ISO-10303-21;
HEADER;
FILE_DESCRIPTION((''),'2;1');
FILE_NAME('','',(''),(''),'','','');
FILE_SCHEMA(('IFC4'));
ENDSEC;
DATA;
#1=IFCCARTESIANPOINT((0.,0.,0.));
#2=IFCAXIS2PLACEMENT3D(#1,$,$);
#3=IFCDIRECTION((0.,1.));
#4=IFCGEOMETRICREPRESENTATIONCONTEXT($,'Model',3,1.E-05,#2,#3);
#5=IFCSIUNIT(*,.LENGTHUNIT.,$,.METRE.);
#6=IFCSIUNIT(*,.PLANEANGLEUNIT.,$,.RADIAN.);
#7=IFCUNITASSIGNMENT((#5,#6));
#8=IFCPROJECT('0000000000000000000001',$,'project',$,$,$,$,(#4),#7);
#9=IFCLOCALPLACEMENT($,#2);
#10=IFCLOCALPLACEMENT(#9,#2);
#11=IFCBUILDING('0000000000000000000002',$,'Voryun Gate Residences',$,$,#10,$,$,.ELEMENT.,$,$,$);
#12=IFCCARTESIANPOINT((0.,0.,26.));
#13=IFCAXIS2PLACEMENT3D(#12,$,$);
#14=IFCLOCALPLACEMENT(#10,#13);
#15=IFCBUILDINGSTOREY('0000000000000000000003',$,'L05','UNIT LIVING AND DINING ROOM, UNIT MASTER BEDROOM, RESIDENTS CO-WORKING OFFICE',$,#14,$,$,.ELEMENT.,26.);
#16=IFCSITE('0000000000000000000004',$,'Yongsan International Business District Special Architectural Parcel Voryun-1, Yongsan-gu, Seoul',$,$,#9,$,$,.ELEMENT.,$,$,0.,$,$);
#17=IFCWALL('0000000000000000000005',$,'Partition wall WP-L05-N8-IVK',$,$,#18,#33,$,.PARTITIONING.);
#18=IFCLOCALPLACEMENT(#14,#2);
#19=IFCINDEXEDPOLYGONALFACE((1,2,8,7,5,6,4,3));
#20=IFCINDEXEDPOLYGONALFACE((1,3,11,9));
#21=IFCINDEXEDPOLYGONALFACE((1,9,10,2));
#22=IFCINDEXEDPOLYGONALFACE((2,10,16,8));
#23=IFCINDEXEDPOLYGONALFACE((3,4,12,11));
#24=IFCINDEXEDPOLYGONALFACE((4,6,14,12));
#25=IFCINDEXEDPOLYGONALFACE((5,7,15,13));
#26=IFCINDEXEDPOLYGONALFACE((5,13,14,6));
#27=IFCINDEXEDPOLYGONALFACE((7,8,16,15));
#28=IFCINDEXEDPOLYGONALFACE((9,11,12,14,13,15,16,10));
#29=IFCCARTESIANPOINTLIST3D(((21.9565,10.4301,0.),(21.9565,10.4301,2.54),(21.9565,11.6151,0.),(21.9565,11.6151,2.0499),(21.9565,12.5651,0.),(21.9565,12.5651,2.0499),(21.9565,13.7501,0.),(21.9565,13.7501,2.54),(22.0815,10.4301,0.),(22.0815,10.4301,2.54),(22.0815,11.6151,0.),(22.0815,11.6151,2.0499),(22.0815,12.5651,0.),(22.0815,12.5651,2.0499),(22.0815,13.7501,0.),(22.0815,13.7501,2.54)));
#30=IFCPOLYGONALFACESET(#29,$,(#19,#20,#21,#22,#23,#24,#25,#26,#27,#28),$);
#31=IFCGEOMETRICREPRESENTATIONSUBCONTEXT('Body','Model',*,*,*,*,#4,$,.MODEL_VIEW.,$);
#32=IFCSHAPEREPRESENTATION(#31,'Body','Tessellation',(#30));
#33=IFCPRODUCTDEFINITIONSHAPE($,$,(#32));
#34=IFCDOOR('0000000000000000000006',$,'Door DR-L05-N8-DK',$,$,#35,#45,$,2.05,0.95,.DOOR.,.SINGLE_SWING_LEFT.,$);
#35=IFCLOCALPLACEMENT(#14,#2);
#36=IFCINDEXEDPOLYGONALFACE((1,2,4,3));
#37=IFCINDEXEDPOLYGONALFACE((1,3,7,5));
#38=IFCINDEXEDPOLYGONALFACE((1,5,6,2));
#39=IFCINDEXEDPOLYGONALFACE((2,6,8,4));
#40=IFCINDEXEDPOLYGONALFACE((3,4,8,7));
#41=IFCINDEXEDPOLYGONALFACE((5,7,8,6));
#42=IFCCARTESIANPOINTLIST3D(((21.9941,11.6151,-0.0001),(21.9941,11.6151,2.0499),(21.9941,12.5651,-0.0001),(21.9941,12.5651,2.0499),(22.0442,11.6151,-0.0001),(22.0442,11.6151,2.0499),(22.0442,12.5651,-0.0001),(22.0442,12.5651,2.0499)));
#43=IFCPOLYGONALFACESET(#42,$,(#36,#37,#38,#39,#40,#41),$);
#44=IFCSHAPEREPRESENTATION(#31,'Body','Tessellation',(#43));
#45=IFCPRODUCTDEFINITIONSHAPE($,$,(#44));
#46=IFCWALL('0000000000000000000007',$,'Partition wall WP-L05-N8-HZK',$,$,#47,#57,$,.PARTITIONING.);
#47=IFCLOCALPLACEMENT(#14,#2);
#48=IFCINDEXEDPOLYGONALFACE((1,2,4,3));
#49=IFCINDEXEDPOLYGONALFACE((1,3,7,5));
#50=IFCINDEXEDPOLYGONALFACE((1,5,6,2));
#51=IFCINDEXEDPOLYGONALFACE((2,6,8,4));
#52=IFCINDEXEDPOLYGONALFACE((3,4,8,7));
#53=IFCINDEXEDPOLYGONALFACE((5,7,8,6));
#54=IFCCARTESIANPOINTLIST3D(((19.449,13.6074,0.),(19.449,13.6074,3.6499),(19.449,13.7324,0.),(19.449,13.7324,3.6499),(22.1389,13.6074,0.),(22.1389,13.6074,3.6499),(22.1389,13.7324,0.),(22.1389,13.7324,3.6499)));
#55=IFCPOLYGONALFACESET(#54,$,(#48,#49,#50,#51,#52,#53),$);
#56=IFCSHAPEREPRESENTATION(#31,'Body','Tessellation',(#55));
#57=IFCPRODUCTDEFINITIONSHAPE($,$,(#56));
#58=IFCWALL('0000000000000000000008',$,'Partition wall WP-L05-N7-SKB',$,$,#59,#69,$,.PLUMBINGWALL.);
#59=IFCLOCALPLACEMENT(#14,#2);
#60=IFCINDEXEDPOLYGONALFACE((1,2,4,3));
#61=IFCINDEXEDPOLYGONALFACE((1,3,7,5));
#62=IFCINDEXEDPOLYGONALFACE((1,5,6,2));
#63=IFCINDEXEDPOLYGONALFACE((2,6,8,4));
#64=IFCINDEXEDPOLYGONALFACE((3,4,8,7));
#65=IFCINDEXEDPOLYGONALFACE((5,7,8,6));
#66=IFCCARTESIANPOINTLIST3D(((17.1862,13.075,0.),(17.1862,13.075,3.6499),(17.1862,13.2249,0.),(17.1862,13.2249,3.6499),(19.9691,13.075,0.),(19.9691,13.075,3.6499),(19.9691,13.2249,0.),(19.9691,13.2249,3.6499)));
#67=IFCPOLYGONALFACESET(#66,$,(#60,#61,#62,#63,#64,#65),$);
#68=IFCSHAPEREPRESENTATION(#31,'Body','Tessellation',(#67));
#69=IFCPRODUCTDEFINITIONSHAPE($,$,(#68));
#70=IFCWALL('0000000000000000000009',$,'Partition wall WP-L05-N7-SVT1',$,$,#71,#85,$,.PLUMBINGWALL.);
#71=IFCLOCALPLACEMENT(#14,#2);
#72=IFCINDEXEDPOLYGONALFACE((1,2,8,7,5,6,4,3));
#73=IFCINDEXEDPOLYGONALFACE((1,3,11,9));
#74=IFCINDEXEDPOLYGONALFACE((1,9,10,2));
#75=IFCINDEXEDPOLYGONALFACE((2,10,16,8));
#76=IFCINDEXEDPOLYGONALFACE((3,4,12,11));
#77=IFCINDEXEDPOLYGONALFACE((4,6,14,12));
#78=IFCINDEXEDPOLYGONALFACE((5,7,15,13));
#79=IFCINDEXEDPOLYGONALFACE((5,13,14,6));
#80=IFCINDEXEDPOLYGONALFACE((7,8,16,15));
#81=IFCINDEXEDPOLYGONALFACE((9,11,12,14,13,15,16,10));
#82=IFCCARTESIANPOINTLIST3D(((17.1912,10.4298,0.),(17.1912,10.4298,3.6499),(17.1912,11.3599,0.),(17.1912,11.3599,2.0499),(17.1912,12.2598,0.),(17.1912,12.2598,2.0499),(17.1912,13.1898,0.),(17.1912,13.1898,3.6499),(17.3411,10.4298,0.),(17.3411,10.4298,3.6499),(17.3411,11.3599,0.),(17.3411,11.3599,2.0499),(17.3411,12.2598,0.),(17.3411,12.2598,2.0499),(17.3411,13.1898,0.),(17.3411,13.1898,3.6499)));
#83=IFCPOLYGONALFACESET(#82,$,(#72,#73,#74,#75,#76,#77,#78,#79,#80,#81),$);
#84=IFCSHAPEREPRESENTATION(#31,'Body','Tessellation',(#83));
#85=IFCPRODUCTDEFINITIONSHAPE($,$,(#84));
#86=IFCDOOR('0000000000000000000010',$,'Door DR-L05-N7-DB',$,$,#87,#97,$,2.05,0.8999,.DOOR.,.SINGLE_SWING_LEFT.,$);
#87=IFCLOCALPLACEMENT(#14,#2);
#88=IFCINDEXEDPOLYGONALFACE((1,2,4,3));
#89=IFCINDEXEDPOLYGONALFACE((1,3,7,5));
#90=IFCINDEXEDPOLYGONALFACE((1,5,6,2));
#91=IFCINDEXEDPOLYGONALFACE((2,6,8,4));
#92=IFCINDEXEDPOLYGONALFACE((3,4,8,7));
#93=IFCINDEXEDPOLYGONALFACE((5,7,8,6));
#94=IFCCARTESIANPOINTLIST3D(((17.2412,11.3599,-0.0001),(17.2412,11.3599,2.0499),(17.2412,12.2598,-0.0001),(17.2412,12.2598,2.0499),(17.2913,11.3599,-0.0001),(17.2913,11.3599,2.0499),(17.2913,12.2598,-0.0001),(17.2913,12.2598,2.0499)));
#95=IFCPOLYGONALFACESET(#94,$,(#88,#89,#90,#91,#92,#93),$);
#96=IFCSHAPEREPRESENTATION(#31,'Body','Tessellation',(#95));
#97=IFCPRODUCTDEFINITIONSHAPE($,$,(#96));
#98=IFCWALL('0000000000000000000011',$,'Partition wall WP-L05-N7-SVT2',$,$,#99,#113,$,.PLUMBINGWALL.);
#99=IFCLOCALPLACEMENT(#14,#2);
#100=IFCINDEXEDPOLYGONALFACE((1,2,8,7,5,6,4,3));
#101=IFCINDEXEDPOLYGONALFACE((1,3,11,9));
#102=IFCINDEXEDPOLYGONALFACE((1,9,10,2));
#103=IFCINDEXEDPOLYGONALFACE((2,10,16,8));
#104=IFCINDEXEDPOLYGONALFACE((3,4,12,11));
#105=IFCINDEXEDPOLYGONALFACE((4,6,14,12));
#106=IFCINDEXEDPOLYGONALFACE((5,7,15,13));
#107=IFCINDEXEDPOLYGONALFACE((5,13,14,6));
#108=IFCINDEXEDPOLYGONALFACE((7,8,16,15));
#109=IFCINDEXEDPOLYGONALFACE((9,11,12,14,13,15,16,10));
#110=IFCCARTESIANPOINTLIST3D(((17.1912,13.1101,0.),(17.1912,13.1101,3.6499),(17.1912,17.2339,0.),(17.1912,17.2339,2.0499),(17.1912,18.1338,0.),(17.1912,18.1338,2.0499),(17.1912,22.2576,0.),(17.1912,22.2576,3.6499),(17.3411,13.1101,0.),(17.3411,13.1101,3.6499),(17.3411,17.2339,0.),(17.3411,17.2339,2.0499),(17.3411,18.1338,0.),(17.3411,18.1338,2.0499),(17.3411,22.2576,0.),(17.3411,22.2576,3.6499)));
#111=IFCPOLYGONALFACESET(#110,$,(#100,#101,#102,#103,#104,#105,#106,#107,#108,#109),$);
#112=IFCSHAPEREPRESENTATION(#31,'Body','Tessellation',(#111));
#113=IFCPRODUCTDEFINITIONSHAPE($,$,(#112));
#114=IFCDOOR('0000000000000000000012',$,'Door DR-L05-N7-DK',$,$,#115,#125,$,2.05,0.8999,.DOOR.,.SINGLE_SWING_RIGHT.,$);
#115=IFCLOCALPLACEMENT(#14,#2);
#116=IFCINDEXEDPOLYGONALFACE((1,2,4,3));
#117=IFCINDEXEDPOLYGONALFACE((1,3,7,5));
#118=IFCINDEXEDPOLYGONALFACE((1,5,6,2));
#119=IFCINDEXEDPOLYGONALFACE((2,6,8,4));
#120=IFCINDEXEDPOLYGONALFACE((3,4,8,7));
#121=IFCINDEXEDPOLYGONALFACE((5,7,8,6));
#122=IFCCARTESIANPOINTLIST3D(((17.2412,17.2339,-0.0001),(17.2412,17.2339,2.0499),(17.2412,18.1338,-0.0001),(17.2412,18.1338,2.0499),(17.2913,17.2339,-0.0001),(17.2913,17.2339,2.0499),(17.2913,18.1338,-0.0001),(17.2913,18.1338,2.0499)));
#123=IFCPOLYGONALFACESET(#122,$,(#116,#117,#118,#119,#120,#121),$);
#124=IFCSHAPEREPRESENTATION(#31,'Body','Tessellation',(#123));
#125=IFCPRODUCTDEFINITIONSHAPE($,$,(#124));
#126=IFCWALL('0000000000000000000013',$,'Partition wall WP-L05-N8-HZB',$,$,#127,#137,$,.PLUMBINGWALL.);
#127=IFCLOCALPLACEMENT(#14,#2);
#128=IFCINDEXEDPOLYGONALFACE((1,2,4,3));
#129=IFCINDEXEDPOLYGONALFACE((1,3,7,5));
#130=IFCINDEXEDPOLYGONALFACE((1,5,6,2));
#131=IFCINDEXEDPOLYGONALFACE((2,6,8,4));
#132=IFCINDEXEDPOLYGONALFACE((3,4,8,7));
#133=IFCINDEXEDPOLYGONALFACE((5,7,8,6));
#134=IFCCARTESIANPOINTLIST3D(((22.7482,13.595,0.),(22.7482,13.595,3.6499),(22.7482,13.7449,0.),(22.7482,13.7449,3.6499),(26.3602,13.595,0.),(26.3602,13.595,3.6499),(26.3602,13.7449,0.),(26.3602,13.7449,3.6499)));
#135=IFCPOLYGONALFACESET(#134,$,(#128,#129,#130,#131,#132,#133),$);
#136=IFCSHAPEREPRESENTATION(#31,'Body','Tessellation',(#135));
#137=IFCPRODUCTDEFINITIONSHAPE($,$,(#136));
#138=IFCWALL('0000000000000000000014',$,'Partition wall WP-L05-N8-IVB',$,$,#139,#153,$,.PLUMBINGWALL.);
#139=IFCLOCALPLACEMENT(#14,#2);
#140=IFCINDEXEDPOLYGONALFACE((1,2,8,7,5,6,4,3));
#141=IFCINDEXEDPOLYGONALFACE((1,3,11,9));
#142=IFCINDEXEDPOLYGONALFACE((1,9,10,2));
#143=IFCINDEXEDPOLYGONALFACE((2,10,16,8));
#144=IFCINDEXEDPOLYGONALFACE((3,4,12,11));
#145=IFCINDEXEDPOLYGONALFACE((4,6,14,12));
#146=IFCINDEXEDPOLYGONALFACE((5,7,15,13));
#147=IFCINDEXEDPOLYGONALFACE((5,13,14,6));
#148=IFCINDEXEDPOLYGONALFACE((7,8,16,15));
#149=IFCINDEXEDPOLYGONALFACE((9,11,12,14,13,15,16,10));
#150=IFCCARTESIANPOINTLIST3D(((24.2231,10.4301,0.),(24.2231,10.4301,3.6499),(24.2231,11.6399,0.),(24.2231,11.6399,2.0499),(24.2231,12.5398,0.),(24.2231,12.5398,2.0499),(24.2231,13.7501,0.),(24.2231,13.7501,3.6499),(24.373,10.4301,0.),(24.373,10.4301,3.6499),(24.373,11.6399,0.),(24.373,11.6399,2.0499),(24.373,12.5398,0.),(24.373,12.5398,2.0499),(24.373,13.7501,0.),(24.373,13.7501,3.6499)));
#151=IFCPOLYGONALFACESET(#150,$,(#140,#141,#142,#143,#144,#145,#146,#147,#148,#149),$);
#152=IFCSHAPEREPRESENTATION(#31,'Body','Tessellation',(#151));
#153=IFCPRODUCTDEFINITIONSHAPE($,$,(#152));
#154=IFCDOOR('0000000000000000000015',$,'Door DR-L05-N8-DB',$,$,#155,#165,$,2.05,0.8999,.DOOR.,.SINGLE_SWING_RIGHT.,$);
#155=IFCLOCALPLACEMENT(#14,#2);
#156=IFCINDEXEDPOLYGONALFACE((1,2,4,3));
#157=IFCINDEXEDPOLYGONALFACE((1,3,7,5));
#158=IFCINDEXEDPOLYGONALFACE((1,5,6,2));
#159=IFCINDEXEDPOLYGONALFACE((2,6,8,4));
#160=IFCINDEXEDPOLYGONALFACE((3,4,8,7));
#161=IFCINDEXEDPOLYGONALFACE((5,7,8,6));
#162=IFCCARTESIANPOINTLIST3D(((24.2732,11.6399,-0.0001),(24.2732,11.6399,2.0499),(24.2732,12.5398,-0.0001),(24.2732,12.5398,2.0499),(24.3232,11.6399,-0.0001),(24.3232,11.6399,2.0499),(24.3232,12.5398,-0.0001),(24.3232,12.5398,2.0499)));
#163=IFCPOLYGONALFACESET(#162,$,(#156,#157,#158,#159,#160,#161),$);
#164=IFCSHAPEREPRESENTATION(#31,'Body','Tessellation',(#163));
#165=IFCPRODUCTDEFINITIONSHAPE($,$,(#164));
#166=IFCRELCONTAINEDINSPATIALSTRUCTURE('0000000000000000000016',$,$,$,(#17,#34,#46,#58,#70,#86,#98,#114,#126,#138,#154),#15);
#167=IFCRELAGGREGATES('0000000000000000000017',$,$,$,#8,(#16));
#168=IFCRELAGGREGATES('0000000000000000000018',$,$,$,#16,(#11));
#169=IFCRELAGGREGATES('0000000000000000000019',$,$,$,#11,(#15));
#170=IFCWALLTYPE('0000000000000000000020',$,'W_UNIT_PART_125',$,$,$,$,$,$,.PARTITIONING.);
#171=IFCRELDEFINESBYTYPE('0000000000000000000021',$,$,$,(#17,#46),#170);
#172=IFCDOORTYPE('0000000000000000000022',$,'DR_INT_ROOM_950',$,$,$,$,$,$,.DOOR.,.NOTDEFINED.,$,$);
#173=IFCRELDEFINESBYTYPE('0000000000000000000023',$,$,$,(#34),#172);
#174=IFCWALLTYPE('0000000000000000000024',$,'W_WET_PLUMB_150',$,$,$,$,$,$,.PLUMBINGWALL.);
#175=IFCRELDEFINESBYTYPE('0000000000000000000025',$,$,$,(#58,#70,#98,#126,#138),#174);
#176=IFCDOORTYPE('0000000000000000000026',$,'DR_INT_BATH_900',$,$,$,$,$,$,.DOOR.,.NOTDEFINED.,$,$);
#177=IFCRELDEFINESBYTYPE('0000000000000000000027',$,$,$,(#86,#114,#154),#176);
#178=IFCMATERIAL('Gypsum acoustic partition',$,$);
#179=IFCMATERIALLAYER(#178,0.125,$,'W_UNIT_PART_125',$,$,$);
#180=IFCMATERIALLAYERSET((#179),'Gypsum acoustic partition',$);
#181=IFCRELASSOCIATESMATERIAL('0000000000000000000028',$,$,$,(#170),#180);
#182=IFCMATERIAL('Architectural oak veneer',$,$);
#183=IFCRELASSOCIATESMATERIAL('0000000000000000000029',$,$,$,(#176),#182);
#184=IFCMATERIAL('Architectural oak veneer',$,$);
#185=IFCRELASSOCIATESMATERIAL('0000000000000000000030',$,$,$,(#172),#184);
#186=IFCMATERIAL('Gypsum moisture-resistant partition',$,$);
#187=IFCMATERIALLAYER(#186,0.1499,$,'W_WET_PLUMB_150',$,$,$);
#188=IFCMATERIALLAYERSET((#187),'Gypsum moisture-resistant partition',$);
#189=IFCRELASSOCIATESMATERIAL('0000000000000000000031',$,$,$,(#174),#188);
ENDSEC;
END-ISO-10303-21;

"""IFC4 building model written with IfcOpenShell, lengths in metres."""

from ifc_helpers import new_model, si_unit, direction, frame, frame_2d, origin, place, context, subcontext, project, spatial, rectangle, extrude, material, layer, layer_set, type_object, element, fill, save


model = new_model("IFC4")

# Units and contexts
model_context = context("Model", 3, precision=1e-05, world=origin(), true_north=direction((0.0, 1.0)))
body_context = subcontext(model_context, "Body", "Model", "MODEL_VIEW")
ifc_project = project(units=[si_unit("LENGTHUNIT", "METRE"), si_unit("PLANEANGLEUNIT", "RADIAN")], contexts=[model_context])

# Site, building, storey
site_placement = place(None, origin())
site = spatial("IfcSite", under=ifc_project, at=site_placement, Name="Yongsan International Business District Special Architectural Parcel Voryun-1, Yongsan-gu, Seoul", CompositionType="ELEMENT", RefElevation=0.0)
building_placement = place(site_placement, origin())
building = spatial("IfcBuilding", under=site, at=building_placement, Name="Voryun Gate Residences", CompositionType="ELEMENT")
storey_placement = place(building_placement, frame((0.0, 0.0, 26.0)))
storey = spatial("IfcBuildingStorey", under=building, at=storey_placement, Name="L05", Description="UNIT LIVING AND DINING ROOM, UNIT MASTER BEDROOM, RESIDENTS CO-WORKING OFFICE", CompositionType="ELEMENT", Elevation=26.0)

# Wall, opening, door
ifc_material_1 = material(Name="Gypsum acoustic partition")
ifc_layer_1 = layer(ifc_material_1, 0.125, Name="W_UNIT_PART_125")
ifc_layer_set_1 = layer_set([ifc_layer_1], Name="Gypsum acoustic partition")
wall_type_1 = type_object("IfcWallType", Name="W_UNIT_PART_125", PredefinedType="PARTITIONING", material=ifc_layer_set_1)
ifc_material_2 = material(Name="Architectural oak veneer")
door_type_1 = type_object("IfcDoorType", Name="DR_INT_BATH_900", OperationType="NOTDEFINED", PredefinedType="DOOR", material=ifc_material_2)
wall_1_placement = place(storey_placement, frame((22.019, 10.4299, 0.0), z_axis=(0.0, 0.0, 1.0), x_axis=(0.0, 1.0, 0.0)))
wall_1 = element("IfcWall", 1, at=wall_1_placement, inside=storey, type_object=wall_type_1, Name="Partition wall WP-L05-N8-IVK", PredefinedType="PARTITIONING", context=body_context, shape_type="SweptSolid", body=[
    extrude(rectangle(XDim=3.3201, YDim=0.125, at=frame_2d((1.6602, 0.0))), origin(), (0.0, 0.0, 1.0), 2.54),
])
opening_1_placement = place(wall_1_placement, frame((1.1851, 0.0, 0.0)))
opening_1 = element("IfcOpeningElement", 2, at=opening_1_placement, cuts=wall_1, PredefinedType="OPENING", context=body_context, shape_type="SweptSolid", body=[
    extrude(rectangle(XDim=0.95, YDim=2.05, at=frame_2d((0.4751, 1.0249))), frame((0.0, 0.0725, 0.0), z_axis=(0.0, -1.0, 0.0), x_axis=(1.0, 0.0, 0.0)), (0.0, 0.0, 1.0), 0.145),
])
ifc_material_3 = material(Name="Architectural oak veneer")
door_type_2 = type_object("IfcDoorType", Name="DR_INT_ROOM_950", OperationType="NOTDEFINED", PredefinedType="DOOR", material=ifc_material_3)
door_1_placement = place(opening_1_placement, origin())
door_1 = element("IfcDoor", 3, at=door_1_placement, inside=storey, type_object=door_type_2, Name="Door DR-L05-N8-DK", OperationType="SINGLE_SWING_LEFT", OverallHeight=2.05, OverallWidth=0.95, PredefinedType="DOOR", context=body_context, shape_type="SweptSolid", body=[
    extrude(rectangle(XDim=0.95, YDim=2.05, at=frame_2d((0.4751, 1.0249))), frame((0.0, 0.0249, 0.0), z_axis=(0.0, -1.0, 0.0), x_axis=(1.0, 0.0, 0.0)), (0.0, 0.0, 1.0), 0.05),
])
fill(opening_1, door_1)

# Walls
wall_2_placement = place(storey_placement, frame((19.449, 13.6699, 0.0), z_axis=(0.0, 0.0, 1.0), x_axis=(1.0, 0.0, 0.0)))
element("IfcWall", 4, at=wall_2_placement, inside=storey, type_object=wall_type_1, Name="Partition wall WP-L05-N8-HZK", PredefinedType="PARTITIONING", context=body_context, shape_type="SweptSolid", body=[
    extrude(rectangle(XDim=2.6899, YDim=0.125, at=frame_2d((1.345, 0.0))), origin(), (0.0, 0.0, 1.0), 3.6499),
])
ifc_material_4 = material(Name="Gypsum moisture-resistant partition")
ifc_layer_2 = layer(ifc_material_4, 0.1499, Name="W_WET_PLUMB_150")
ifc_layer_set_2 = layer_set([ifc_layer_2], Name="Gypsum moisture-resistant partition")
wall_type_2 = type_object("IfcWallType", Name="W_WET_PLUMB_150", PredefinedType="PLUMBINGWALL", material=ifc_layer_set_2)
wall_3_placement = place(storey_placement, frame((17.186, 13.1499, 0.0), z_axis=(0.0, 0.0, 1.0), x_axis=(1.0, 0.0, 0.0)))
element("IfcWall", 5, at=wall_3_placement, inside=storey, type_object=wall_type_2, Name="Partition wall WP-L05-N7-SKB", PredefinedType="PLUMBINGWALL", context=body_context, shape_type="SweptSolid", body=[
    extrude(rectangle(XDim=2.783, YDim=0.1499, at=frame_2d((1.3916, 0.0))), origin(), (0.0, 0.0, 1.0), 3.6499),
])

# Walls, openings, doors
wall_4_placement = place(storey_placement, frame((17.2661, 10.4299, 0.0), z_axis=(0.0, 0.0, 1.0), x_axis=(0.0, 1.0, 0.0)))
wall_4 = element("IfcWall", 6, at=wall_4_placement, inside=storey, type_object=wall_type_2, Name="Partition wall WP-L05-N7-SVT1", PredefinedType="PLUMBINGWALL", context=body_context, shape_type="SweptSolid", body=[
    extrude(rectangle(XDim=2.76, YDim=0.1499, at=frame_2d((1.3799, 0.0))), origin(), (0.0, 0.0, 1.0), 3.6499),
])
opening_2_placement = place(wall_4_placement, frame((0.9299, 0.0, 0.0)))
opening_2 = element("IfcOpeningElement", 7, at=opening_2_placement, cuts=wall_4, PredefinedType="OPENING", context=body_context, shape_type="SweptSolid", body=[
    extrude(rectangle(XDim=0.8999, YDim=2.05, at=frame_2d((0.45, 1.0249))), frame((0.0, 0.085, 0.0), z_axis=(0.0, -1.0, 0.0), x_axis=(1.0, 0.0, 0.0)), (0.0, 0.0, 1.0), 0.1699),
])
door_2_placement = place(opening_2_placement, origin())
door_2 = element("IfcDoor", 8, at=door_2_placement, inside=storey, type_object=door_type_1, Name="Door DR-L05-N7-DB", OperationType="SINGLE_SWING_LEFT", OverallHeight=2.05, OverallWidth=0.8999, PredefinedType="DOOR", context=body_context, shape_type="SweptSolid", body=[
    extrude(rectangle(XDim=0.8999, YDim=2.05, at=frame_2d((0.45, 1.0249))), frame((0.0, 0.0249, 0.0), z_axis=(0.0, -1.0, 0.0), x_axis=(1.0, 0.0, 0.0)), (0.0, 0.0, 1.0), 0.05),
])
fill(opening_2, door_2)
wall_5_placement = place(storey_placement, frame((17.2661, 13.1101, 0.0), z_axis=(0.0, 0.0, 1.0), x_axis=(0.0, 1.0, 0.0)))
wall_5 = element("IfcWall", 9, at=wall_5_placement, inside=storey, type_object=wall_type_2, Name="Partition wall WP-L05-N7-SVT2", PredefinedType="PLUMBINGWALL", context=body_context, shape_type="SweptSolid", body=[
    extrude(rectangle(XDim=9.1475, YDim=0.1499, at=frame_2d((4.5737, 0.0))), origin(), (0.0, 0.0, 1.0), 3.6499),
])
opening_3_placement = place(wall_5_placement, frame((4.1238, 0.0, 0.0)))
opening_3 = element("IfcOpeningElement", 10, at=opening_3_placement, cuts=wall_5, PredefinedType="OPENING", context=body_context, shape_type="SweptSolid", body=[
    extrude(rectangle(XDim=0.8999, YDim=2.05, at=frame_2d((0.45, 1.0249))), frame((0.0, 0.085, 0.0), z_axis=(0.0, -1.0, 0.0), x_axis=(1.0, 0.0, 0.0)), (0.0, 0.0, 1.0), 0.1699),
])
door_3_placement = place(opening_3_placement, origin())
door_3 = element("IfcDoor", 11, at=door_3_placement, inside=storey, type_object=door_type_1, Name="Door DR-L05-N7-DK", OperationType="SINGLE_SWING_RIGHT", OverallHeight=2.05, OverallWidth=0.8999, PredefinedType="DOOR", context=body_context, shape_type="SweptSolid", body=[
    extrude(rectangle(XDim=0.8999, YDim=2.05, at=frame_2d((0.45, 1.0249))), frame((0.0, 0.0249, 0.0), z_axis=(0.0, -1.0, 0.0), x_axis=(1.0, 0.0, 0.0)), (0.0, 0.0, 1.0), 0.05),
])
fill(opening_3, door_3)

# Wall
wall_6_placement = place(storey_placement, frame((22.748, 13.6699, 0.0), z_axis=(0.0, 0.0, 1.0), x_axis=(1.0, 0.0, 0.0)))
element("IfcWall", 12, at=wall_6_placement, inside=storey, type_object=wall_type_2, Name="Partition wall WP-L05-N8-HZB", PredefinedType="PLUMBINGWALL", context=body_context, shape_type="SweptSolid", body=[
    extrude(rectangle(XDim=3.6121, YDim=0.1499, at=frame_2d((1.8062, 0.0))), origin(), (0.0, 0.0, 1.0), 3.6499),
])

# Wall, opening, door
wall_7_placement = place(storey_placement, frame((24.2981, 10.4299, 0.0), z_axis=(0.0, 0.0, 1.0), x_axis=(0.0, 1.0, 0.0)))
wall_7 = element("IfcWall", 13, at=wall_7_placement, inside=storey, type_object=wall_type_2, Name="Partition wall WP-L05-N8-IVB", PredefinedType="PLUMBINGWALL", context=body_context, shape_type="SweptSolid", body=[
    extrude(rectangle(XDim=3.3201, YDim=0.1499, at=frame_2d((1.6602, 0.0))), origin(), (0.0, 0.0, 1.0), 3.6499),
])
opening_4_placement = place(wall_7_placement, frame((1.21, 0.0, 0.0)))
opening_4 = element("IfcOpeningElement", 14, at=opening_4_placement, cuts=wall_7, PredefinedType="OPENING", context=body_context, shape_type="SweptSolid", body=[
    extrude(rectangle(XDim=0.8999, YDim=2.05, at=frame_2d((0.45, 1.0249))), frame((0.0, 0.085, 0.0), z_axis=(0.0, -1.0, 0.0), x_axis=(1.0, 0.0, 0.0)), (0.0, 0.0, 1.0), 0.1699),
])
door_4_placement = place(opening_4_placement, origin())
door_4 = element("IfcDoor", 15, at=door_4_placement, inside=storey, type_object=door_type_1, Name="Door DR-L05-N8-DB", OperationType="SINGLE_SWING_RIGHT", OverallHeight=2.05, OverallWidth=0.8999, PredefinedType="DOOR", context=body_context, shape_type="SweptSolid", body=[
    extrude(rectangle(XDim=0.8999, YDim=2.05, at=frame_2d((0.45, 1.0249))), frame((0.0, 0.0249, 0.0), z_axis=(0.0, -1.0, 0.0), x_axis=(1.0, 0.0, 0.0)), (0.0, 0.0, 1.0), 0.05),
])
fill(opening_4, door_4)

save(model, "model.ifc")
